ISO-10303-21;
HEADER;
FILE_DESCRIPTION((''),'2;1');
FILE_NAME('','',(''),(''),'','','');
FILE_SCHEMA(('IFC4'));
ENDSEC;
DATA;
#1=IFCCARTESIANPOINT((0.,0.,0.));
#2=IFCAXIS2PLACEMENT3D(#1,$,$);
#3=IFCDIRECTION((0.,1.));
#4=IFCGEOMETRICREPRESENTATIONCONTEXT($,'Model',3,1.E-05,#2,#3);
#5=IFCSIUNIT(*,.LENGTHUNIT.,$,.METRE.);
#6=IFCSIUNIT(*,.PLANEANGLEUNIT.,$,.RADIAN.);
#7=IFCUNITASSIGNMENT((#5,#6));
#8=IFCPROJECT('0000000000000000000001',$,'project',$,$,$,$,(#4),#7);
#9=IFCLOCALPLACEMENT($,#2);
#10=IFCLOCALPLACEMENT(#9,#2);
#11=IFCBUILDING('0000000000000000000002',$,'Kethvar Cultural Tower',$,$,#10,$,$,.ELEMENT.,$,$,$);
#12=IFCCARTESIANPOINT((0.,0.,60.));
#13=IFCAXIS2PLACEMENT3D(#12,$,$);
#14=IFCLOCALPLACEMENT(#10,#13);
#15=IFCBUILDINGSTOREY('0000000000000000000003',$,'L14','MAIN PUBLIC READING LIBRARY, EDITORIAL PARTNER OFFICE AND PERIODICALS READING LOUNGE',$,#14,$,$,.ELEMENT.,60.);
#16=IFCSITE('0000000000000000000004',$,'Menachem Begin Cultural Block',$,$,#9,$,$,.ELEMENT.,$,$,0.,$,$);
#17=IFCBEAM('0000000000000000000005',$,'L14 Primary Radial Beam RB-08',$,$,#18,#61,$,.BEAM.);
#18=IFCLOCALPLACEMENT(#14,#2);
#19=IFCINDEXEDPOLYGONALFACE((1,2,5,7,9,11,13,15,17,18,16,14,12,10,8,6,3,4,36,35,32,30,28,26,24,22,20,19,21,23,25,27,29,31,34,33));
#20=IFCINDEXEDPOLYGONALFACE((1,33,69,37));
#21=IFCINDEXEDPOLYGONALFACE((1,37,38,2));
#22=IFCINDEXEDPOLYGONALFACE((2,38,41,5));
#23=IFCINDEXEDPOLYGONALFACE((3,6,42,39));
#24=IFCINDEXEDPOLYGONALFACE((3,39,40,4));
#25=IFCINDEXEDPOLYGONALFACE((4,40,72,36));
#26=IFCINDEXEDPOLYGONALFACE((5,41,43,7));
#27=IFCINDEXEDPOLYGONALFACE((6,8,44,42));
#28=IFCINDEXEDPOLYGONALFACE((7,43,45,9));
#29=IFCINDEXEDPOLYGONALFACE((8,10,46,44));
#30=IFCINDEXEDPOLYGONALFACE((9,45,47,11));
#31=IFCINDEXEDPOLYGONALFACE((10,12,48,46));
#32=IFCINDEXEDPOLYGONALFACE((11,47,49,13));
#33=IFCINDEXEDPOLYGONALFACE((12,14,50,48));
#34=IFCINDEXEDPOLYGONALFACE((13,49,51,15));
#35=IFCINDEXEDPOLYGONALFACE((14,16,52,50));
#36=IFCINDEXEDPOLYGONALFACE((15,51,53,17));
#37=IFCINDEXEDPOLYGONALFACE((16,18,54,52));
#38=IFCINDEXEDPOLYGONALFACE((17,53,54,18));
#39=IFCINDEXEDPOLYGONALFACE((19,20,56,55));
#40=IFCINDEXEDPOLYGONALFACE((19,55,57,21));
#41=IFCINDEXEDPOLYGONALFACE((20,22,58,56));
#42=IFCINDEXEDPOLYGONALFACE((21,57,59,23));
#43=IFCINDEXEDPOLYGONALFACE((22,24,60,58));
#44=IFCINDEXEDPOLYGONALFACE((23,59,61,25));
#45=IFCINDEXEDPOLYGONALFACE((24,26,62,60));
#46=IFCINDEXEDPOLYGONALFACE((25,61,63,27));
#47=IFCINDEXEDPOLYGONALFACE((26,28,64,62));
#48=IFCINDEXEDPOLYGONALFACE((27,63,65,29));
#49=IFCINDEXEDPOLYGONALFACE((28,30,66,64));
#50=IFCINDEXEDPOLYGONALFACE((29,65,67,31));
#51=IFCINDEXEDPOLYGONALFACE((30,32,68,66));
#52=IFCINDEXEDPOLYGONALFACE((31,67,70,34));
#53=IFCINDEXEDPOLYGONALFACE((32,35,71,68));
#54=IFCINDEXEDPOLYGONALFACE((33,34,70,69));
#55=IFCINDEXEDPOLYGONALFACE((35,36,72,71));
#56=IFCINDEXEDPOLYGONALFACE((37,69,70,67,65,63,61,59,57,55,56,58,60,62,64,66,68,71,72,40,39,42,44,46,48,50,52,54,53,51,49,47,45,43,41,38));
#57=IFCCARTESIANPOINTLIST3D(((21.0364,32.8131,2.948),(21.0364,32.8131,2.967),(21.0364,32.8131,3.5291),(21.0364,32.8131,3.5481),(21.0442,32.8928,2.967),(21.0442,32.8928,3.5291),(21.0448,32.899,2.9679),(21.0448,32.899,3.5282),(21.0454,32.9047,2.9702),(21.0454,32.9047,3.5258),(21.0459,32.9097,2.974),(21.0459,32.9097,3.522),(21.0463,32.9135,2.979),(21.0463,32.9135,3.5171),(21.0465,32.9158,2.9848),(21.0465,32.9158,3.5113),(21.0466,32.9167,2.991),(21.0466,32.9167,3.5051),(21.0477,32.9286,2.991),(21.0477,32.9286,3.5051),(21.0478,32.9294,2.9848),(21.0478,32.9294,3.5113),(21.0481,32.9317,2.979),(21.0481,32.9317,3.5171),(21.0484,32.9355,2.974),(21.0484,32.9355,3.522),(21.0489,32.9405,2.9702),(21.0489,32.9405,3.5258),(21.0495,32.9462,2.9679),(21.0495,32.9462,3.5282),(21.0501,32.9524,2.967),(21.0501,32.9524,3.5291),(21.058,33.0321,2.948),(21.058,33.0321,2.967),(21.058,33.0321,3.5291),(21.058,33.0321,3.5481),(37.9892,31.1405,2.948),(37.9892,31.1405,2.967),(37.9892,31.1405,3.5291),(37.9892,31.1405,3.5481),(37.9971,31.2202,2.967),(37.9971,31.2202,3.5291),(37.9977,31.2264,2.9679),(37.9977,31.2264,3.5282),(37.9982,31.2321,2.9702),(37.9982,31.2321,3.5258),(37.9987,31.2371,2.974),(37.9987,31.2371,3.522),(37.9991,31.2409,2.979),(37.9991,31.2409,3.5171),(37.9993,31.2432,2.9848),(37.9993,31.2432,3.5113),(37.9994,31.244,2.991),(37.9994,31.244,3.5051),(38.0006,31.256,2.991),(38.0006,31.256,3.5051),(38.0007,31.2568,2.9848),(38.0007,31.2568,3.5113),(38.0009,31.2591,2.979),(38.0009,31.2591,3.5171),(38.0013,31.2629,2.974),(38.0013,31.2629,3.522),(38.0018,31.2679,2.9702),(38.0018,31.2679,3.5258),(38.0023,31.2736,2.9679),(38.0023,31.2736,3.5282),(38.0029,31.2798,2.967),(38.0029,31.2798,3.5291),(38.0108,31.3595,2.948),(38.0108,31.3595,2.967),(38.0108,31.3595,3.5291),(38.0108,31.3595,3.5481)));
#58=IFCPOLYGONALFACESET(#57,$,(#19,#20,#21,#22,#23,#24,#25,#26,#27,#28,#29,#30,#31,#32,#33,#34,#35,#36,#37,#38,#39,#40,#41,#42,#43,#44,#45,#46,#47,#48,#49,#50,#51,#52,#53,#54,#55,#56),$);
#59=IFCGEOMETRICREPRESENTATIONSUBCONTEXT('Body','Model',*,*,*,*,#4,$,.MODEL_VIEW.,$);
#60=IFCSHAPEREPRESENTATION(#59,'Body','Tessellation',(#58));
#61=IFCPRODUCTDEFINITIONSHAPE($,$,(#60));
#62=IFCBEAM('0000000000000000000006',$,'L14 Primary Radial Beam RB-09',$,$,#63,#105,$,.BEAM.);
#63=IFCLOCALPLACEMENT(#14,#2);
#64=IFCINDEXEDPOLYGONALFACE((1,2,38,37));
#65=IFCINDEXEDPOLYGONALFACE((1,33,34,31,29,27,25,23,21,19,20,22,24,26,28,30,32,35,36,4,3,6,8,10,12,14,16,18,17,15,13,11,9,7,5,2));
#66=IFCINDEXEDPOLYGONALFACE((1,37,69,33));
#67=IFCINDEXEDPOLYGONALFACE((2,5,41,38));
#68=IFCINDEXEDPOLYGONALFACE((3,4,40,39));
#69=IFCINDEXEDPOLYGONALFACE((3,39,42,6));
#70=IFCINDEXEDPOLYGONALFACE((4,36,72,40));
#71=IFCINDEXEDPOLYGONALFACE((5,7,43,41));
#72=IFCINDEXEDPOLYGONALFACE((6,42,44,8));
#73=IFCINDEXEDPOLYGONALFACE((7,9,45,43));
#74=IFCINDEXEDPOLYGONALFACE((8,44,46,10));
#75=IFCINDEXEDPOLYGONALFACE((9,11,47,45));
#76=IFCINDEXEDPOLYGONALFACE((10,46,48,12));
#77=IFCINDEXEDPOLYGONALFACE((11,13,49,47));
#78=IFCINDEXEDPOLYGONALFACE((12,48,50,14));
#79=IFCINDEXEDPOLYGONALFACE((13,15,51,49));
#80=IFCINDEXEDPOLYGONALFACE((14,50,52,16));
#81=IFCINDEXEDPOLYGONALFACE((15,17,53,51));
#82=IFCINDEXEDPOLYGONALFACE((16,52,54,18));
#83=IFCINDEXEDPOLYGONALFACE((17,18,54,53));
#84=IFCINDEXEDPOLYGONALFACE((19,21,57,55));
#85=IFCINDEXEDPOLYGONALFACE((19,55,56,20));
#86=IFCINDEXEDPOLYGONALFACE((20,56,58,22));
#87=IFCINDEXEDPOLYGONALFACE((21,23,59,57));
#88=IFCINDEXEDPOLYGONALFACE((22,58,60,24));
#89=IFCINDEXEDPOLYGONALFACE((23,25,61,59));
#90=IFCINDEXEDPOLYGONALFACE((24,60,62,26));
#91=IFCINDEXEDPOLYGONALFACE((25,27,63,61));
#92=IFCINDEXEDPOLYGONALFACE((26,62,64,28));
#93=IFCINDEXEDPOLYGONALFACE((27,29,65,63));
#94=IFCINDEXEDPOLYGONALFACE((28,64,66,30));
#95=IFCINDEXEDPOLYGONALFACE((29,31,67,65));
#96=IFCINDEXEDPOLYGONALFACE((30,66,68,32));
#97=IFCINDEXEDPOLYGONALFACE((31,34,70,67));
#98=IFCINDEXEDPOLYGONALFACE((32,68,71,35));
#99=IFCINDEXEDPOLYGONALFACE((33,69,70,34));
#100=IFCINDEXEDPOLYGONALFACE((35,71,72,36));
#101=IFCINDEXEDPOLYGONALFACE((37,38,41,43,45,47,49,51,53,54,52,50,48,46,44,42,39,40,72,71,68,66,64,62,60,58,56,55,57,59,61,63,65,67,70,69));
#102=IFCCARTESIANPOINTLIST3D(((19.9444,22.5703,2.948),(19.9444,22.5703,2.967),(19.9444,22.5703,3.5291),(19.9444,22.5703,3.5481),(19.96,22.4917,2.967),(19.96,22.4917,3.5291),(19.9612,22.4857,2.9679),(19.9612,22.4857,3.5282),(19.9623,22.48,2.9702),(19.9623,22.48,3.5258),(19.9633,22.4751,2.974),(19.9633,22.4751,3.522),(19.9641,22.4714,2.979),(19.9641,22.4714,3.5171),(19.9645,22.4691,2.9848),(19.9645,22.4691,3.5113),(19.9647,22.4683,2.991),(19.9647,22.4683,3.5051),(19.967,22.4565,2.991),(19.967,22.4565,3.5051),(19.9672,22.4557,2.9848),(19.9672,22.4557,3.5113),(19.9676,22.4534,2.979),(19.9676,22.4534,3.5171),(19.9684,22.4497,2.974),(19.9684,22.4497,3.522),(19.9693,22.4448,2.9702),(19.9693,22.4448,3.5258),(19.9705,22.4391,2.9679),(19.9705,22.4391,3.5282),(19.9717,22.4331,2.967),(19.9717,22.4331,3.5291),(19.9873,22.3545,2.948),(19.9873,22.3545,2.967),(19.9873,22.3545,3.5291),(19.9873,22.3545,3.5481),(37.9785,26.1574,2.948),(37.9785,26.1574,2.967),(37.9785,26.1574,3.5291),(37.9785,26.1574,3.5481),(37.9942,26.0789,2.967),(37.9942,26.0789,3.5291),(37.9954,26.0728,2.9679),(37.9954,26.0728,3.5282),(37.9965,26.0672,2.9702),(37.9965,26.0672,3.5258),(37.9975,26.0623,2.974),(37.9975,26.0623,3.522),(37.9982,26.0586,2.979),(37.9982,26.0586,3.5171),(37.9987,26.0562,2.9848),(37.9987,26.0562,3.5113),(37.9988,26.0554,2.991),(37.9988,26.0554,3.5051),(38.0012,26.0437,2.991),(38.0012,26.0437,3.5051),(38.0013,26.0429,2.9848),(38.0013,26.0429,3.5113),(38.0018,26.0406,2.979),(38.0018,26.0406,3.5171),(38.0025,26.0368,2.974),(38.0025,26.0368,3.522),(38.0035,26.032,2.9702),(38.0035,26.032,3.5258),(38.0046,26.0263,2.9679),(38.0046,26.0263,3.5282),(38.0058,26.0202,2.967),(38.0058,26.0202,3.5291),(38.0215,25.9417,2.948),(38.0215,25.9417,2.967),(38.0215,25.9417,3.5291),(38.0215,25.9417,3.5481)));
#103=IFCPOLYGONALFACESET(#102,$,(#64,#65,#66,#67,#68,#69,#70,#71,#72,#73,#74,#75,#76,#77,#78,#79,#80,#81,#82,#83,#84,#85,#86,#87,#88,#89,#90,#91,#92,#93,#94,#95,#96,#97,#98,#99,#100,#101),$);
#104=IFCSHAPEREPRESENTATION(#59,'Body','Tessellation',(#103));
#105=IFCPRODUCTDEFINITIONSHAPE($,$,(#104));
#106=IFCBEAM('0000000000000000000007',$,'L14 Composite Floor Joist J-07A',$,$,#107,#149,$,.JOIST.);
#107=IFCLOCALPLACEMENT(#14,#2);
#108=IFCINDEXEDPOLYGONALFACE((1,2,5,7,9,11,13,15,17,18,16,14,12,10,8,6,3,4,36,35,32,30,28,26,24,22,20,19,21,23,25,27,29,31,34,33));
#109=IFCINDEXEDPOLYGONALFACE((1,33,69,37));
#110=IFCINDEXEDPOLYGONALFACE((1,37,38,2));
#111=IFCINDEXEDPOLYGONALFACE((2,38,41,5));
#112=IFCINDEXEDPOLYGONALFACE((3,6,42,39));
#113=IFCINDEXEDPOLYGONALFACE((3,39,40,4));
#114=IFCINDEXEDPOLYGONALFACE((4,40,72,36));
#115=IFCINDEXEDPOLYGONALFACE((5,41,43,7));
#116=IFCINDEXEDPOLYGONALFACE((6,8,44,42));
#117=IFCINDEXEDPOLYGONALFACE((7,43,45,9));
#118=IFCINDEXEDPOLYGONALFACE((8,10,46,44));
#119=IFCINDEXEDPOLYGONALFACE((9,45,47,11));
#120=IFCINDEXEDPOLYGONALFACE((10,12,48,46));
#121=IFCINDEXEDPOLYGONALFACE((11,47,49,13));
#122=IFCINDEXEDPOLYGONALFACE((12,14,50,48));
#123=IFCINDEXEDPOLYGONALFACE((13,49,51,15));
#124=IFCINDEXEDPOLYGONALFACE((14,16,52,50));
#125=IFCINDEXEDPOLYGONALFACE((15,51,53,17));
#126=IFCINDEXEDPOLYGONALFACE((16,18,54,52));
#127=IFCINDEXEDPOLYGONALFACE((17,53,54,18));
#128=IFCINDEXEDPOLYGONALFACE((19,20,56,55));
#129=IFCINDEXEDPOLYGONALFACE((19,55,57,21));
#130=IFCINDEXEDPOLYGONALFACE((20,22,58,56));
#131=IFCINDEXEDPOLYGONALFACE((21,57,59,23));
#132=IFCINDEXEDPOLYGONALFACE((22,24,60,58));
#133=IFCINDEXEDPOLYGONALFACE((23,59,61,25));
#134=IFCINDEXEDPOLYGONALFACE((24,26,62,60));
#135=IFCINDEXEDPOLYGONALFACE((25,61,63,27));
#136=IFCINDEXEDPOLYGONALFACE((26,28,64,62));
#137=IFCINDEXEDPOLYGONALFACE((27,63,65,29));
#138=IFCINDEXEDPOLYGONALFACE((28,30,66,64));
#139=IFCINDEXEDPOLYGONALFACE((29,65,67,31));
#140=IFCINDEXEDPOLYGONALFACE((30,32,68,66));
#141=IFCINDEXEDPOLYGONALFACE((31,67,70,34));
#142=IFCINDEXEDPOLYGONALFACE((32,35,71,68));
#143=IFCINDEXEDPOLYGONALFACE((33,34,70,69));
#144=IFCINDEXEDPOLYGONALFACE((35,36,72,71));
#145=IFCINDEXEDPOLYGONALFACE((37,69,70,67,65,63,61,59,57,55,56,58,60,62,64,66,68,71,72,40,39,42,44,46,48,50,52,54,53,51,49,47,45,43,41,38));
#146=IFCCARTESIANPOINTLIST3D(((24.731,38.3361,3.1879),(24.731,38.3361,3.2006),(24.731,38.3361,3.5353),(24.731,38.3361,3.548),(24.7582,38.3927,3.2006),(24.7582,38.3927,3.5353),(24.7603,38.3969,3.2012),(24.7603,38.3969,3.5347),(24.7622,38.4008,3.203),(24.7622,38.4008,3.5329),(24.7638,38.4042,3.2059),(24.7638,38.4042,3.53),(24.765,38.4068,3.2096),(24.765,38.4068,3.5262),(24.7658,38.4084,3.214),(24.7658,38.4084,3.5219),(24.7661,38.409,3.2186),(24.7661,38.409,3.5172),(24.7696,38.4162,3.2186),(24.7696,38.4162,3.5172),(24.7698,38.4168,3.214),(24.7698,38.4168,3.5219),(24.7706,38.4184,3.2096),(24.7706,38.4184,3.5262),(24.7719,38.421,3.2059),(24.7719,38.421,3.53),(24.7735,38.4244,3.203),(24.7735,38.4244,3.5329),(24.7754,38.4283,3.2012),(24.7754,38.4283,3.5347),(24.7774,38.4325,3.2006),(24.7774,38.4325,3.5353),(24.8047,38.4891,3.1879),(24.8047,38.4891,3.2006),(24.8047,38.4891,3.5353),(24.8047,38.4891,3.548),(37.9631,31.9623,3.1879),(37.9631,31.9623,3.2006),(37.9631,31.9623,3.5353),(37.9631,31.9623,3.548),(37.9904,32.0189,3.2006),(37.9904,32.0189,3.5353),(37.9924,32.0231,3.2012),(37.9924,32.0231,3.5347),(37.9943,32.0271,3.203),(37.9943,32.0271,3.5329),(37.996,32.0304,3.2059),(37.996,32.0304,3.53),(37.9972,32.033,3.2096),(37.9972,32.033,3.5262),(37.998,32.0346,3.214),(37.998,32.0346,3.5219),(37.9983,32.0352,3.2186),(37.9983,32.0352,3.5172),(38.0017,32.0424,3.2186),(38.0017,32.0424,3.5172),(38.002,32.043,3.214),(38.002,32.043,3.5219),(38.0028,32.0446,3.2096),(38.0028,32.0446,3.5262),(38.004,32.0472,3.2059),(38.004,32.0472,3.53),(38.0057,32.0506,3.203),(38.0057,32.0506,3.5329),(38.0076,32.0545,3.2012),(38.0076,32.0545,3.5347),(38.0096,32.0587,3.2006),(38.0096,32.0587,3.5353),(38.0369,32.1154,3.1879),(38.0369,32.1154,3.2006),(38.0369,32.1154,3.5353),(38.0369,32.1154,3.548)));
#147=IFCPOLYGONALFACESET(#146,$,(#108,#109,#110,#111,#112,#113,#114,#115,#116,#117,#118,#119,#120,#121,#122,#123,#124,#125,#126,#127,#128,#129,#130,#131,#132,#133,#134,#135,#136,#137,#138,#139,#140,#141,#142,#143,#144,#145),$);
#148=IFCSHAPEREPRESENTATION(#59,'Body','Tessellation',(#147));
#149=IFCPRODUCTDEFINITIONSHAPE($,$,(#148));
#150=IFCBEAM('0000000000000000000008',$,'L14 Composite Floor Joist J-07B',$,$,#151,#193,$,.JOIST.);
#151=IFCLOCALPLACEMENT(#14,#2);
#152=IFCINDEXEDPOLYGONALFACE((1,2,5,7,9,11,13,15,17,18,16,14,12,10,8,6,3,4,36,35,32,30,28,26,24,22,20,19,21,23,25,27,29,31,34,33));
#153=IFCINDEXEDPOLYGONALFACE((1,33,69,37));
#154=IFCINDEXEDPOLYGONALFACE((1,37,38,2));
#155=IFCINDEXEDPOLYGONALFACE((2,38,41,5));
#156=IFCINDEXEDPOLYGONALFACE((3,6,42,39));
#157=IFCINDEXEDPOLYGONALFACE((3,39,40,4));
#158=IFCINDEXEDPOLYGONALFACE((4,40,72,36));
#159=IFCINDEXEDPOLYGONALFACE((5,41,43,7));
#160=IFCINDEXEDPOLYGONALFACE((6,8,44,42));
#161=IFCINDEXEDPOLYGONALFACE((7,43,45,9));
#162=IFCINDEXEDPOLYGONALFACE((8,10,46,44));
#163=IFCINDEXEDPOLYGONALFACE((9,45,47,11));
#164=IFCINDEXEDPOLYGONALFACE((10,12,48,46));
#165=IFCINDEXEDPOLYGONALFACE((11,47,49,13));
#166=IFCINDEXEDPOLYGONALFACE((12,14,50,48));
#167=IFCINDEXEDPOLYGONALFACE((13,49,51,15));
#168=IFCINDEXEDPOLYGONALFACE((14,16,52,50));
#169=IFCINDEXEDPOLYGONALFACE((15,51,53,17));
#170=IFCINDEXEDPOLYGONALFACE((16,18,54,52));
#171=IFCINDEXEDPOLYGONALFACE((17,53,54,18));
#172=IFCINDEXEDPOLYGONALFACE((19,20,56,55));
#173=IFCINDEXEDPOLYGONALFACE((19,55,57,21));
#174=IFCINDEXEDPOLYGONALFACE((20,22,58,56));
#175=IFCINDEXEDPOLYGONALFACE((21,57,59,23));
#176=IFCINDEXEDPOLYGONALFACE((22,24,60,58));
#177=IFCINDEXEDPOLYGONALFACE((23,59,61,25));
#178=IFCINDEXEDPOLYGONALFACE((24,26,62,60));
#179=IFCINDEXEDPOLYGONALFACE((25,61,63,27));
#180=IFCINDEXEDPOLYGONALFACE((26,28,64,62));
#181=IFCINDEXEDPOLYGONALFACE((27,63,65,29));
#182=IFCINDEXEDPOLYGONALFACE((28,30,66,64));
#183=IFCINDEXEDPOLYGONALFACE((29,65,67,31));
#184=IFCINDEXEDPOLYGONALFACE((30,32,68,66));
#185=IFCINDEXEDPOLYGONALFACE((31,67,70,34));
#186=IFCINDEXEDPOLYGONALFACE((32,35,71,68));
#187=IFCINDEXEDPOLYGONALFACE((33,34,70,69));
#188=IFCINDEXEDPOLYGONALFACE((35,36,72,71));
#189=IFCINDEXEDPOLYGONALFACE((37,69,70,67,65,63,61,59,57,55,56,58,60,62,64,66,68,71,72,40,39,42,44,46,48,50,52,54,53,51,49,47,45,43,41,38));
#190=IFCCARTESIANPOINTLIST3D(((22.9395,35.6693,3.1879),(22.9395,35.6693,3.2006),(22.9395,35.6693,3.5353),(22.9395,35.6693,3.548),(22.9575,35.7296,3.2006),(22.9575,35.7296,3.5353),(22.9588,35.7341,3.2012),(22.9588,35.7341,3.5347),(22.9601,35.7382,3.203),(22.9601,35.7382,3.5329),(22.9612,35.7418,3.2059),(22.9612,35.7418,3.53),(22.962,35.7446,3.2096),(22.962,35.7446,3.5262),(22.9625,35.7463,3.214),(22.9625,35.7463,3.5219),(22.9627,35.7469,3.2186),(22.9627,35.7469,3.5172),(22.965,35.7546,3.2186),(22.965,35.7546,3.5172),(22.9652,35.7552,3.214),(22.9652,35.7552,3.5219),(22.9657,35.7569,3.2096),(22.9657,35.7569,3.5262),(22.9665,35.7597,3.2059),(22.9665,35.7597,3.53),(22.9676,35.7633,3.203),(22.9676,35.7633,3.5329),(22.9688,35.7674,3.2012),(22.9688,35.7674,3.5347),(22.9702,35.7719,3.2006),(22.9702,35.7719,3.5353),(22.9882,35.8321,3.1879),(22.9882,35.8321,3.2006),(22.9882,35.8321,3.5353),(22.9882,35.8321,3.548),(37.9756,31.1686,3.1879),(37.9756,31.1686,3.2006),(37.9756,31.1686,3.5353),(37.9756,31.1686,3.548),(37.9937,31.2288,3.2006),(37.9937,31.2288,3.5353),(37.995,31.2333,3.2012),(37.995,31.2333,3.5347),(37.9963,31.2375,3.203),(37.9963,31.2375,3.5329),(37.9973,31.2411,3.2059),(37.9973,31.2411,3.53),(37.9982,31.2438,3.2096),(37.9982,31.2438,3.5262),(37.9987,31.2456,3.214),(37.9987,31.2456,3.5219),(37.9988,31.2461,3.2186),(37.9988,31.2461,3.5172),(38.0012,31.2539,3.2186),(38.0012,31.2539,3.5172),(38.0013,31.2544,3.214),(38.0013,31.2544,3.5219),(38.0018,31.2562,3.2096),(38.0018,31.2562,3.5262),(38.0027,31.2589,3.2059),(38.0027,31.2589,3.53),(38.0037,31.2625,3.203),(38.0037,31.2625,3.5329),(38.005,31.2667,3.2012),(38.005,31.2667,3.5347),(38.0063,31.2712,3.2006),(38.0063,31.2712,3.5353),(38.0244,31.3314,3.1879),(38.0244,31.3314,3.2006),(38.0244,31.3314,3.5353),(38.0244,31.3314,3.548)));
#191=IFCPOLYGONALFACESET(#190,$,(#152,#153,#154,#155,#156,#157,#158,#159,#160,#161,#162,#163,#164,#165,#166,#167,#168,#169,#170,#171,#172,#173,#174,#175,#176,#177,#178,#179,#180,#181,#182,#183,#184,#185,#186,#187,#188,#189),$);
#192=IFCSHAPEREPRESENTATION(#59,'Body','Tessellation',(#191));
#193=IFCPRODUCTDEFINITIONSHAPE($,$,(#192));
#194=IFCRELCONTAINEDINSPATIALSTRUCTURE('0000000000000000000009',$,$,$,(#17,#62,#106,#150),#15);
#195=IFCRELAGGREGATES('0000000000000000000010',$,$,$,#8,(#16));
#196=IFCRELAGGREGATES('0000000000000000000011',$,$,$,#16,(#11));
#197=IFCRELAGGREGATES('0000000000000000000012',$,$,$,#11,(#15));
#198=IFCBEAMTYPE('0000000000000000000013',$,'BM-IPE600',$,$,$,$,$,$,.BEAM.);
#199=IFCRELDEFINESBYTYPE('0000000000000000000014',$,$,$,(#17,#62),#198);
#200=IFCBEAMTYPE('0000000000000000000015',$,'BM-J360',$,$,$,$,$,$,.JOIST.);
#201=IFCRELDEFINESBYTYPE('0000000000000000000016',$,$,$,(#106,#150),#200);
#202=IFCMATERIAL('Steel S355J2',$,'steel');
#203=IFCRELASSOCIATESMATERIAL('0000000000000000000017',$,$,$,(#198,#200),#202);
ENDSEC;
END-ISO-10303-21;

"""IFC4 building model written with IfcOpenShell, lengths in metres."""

from ifc_helpers import new_model, si_unit, direction, frame, origin, origin_2d, place, context, subcontext, project, spatial, i_section, extrude, source, transform, mapped, material, material_profile, profile_set, type_object, element, save


model = new_model("IFC4")

# Units and contexts
model_context = context("Model", 3, precision=1e-05, world=origin(), true_north=direction((0.0, 1.0)))
body_context = subcontext(model_context, "Body", "Model", "MODEL_VIEW")
ifc_project = project(units=[si_unit("LENGTHUNIT", "METRE"), si_unit("PLANEANGLEUNIT", "RADIAN")], contexts=[model_context])

# Site, building, storey
site_placement = place(None, origin())
site = spatial("IfcSite", under=ifc_project, at=site_placement, Name="Menachem Begin Cultural Block", CompositionType="ELEMENT", RefElevation=0.0)
building_placement = place(site_placement, origin())
building = spatial("IfcBuilding", under=site, at=building_placement, Name="Kethvar Cultural Tower", CompositionType="ELEMENT")
storey_placement = place(building_placement, frame((0.0, 0.0, 60.0)))
storey = spatial("IfcBuildingStorey", under=building, at=storey_placement, Name="L14", Description="MAIN PUBLIC READING LIBRARY, EDITORIAL PARTNER OFFICE AND PERIODICALS READING LOUNGE", CompositionType="ELEMENT", Elevation=60.0)

# Beams
ifc_material_1 = material(Name="Steel S355J2", Category="steel")
ifc_material_profile_1 = material_profile(ifc_material_1, i_section(OverallWidth=0.22, OverallDepth=0.6001, WebThickness=0.012, FlangeThickness=0.019, FilletRadius=0.0239, at=origin_2d()), Name="Steel S355J2 — IPE600")
ifc_profile_set_1 = profile_set([ifc_material_profile_1], Name="Steel S355J2 — IPE600")
beam_type_1 = type_object("IfcBeamType", Name="BM-IPE600", PredefinedType="BEAM", material=ifc_profile_set_1)
shared_shape_1 = source(origin(), body_context, "Body", "SweptSolid", [
    extrude(i_section(OverallWidth=0.22, OverallDepth=0.6001, WebThickness=0.012, FlangeThickness=0.019, FilletRadius=0.0239, at=origin_2d()), origin(), (0.0, 0.0, 1.0), 17.0352),
])
beam_1_placement = place(storey_placement, frame((38.0, 31.25, 3.248), z_axis=(-0.995168, 0.098185, 0.0), x_axis=(-0.098185, -0.995168, 0.0)))
element("IfcBeam", 1, at=beam_1_placement, inside=storey, type_object=beam_type_1, Name="L14 Primary Radial Beam RB-08", PredefinedType="BEAM", context=body_context, shape_type="MappedRepresentation", body=[
    mapped(shared_shape_1, transform((0.0, 0.0, 0.0), scale=1.0)),
])
shared_shape_2 = source(origin(), body_context, "Body", "SweptSolid", [
    extrude(i_section(OverallWidth=0.22, OverallDepth=0.6001, WebThickness=0.012, FlangeThickness=0.019, FilletRadius=0.0239, at=origin_2d()), origin(), (0.0, 0.0, 1.0), 18.3875),
])
beam_2_placement = place(storey_placement, frame((38.0, 26.0496, 3.248), z_axis=(-0.980786, -0.195087, 0.0), x_axis=(0.195087, -0.980786, 0.0)))
element("IfcBeam", 2, at=beam_2_placement, inside=storey, type_object=beam_type_1, Name="L14 Primary Radial Beam RB-09", PredefinedType="BEAM", context=body_context, shape_type="MappedRepresentation", body=[
    mapped(shared_shape_2, transform((0.0, 0.0, 0.0), scale=1.0)),
])
ifc_material_profile_2 = material_profile(ifc_material_1, i_section(OverallWidth=0.1699, OverallDepth=0.3601, WebThickness=0.0081, FlangeThickness=0.0127, FilletRadius=0.0181, at=origin_2d()), Name="Steel S355J2 — IPE360")
ifc_profile_set_2 = profile_set([ifc_material_profile_2], Name="Steel S355J2 — IPE360")
beam_type_2 = type_object("IfcBeamType", Name="BM-J360", PredefinedType="JOIST", material=ifc_profile_set_2)
shared_shape_3 = source(origin(), body_context, "Body", "SweptSolid", [
    extrude(i_section(OverallWidth=0.1699, OverallDepth=0.3601, WebThickness=0.0081, FlangeThickness=0.0127, FilletRadius=0.0181, at=origin_2d()), origin(), (0.0, 0.0, 1.0), 14.6873),
])
beam_3_placement = place(storey_placement, frame((38.0, 32.0388, 3.3679), z_axis=(-0.900929, 0.433967, 0.0), x_axis=(-0.433967, -0.900929, 0.0)))
element("IfcBeam", 3, at=beam_3_placement, inside=storey, type_object=beam_type_2, Name="L14 Composite Floor Joist J-07A", PredefinedType="JOIST", context=body_context, shape_type="MappedRepresentation", body=[
    mapped(shared_shape_3, transform((0.0, 0.0, 0.0), scale=1.0)),
])
shared_shape_4 = source(origin(), body_context, "Body", "SweptSolid", [
    extrude(i_section(OverallWidth=0.1699, OverallDepth=0.3601, WebThickness=0.0081, FlangeThickness=0.0127, FilletRadius=0.0181, at=origin_2d()), origin(), (0.0, 0.0, 1.0), 15.6953),
])
beam_4_placement = place(storey_placement, frame((38.0, 31.25, 3.3679), z_axis=(-0.958003, 0.286757, 0.0), x_axis=(-0.286757, -0.958003, 0.0)))
element("IfcBeam", 4, at=beam_4_placement, inside=storey, type_object=beam_type_2, Name="L14 Composite Floor Joist J-07B", PredefinedType="JOIST", context=body_context, shape_type="MappedRepresentation", body=[
    mapped(shared_shape_4, transform((0.0, 0.0, 0.0), scale=1.0)),
])

save(model, "model.ifc")
